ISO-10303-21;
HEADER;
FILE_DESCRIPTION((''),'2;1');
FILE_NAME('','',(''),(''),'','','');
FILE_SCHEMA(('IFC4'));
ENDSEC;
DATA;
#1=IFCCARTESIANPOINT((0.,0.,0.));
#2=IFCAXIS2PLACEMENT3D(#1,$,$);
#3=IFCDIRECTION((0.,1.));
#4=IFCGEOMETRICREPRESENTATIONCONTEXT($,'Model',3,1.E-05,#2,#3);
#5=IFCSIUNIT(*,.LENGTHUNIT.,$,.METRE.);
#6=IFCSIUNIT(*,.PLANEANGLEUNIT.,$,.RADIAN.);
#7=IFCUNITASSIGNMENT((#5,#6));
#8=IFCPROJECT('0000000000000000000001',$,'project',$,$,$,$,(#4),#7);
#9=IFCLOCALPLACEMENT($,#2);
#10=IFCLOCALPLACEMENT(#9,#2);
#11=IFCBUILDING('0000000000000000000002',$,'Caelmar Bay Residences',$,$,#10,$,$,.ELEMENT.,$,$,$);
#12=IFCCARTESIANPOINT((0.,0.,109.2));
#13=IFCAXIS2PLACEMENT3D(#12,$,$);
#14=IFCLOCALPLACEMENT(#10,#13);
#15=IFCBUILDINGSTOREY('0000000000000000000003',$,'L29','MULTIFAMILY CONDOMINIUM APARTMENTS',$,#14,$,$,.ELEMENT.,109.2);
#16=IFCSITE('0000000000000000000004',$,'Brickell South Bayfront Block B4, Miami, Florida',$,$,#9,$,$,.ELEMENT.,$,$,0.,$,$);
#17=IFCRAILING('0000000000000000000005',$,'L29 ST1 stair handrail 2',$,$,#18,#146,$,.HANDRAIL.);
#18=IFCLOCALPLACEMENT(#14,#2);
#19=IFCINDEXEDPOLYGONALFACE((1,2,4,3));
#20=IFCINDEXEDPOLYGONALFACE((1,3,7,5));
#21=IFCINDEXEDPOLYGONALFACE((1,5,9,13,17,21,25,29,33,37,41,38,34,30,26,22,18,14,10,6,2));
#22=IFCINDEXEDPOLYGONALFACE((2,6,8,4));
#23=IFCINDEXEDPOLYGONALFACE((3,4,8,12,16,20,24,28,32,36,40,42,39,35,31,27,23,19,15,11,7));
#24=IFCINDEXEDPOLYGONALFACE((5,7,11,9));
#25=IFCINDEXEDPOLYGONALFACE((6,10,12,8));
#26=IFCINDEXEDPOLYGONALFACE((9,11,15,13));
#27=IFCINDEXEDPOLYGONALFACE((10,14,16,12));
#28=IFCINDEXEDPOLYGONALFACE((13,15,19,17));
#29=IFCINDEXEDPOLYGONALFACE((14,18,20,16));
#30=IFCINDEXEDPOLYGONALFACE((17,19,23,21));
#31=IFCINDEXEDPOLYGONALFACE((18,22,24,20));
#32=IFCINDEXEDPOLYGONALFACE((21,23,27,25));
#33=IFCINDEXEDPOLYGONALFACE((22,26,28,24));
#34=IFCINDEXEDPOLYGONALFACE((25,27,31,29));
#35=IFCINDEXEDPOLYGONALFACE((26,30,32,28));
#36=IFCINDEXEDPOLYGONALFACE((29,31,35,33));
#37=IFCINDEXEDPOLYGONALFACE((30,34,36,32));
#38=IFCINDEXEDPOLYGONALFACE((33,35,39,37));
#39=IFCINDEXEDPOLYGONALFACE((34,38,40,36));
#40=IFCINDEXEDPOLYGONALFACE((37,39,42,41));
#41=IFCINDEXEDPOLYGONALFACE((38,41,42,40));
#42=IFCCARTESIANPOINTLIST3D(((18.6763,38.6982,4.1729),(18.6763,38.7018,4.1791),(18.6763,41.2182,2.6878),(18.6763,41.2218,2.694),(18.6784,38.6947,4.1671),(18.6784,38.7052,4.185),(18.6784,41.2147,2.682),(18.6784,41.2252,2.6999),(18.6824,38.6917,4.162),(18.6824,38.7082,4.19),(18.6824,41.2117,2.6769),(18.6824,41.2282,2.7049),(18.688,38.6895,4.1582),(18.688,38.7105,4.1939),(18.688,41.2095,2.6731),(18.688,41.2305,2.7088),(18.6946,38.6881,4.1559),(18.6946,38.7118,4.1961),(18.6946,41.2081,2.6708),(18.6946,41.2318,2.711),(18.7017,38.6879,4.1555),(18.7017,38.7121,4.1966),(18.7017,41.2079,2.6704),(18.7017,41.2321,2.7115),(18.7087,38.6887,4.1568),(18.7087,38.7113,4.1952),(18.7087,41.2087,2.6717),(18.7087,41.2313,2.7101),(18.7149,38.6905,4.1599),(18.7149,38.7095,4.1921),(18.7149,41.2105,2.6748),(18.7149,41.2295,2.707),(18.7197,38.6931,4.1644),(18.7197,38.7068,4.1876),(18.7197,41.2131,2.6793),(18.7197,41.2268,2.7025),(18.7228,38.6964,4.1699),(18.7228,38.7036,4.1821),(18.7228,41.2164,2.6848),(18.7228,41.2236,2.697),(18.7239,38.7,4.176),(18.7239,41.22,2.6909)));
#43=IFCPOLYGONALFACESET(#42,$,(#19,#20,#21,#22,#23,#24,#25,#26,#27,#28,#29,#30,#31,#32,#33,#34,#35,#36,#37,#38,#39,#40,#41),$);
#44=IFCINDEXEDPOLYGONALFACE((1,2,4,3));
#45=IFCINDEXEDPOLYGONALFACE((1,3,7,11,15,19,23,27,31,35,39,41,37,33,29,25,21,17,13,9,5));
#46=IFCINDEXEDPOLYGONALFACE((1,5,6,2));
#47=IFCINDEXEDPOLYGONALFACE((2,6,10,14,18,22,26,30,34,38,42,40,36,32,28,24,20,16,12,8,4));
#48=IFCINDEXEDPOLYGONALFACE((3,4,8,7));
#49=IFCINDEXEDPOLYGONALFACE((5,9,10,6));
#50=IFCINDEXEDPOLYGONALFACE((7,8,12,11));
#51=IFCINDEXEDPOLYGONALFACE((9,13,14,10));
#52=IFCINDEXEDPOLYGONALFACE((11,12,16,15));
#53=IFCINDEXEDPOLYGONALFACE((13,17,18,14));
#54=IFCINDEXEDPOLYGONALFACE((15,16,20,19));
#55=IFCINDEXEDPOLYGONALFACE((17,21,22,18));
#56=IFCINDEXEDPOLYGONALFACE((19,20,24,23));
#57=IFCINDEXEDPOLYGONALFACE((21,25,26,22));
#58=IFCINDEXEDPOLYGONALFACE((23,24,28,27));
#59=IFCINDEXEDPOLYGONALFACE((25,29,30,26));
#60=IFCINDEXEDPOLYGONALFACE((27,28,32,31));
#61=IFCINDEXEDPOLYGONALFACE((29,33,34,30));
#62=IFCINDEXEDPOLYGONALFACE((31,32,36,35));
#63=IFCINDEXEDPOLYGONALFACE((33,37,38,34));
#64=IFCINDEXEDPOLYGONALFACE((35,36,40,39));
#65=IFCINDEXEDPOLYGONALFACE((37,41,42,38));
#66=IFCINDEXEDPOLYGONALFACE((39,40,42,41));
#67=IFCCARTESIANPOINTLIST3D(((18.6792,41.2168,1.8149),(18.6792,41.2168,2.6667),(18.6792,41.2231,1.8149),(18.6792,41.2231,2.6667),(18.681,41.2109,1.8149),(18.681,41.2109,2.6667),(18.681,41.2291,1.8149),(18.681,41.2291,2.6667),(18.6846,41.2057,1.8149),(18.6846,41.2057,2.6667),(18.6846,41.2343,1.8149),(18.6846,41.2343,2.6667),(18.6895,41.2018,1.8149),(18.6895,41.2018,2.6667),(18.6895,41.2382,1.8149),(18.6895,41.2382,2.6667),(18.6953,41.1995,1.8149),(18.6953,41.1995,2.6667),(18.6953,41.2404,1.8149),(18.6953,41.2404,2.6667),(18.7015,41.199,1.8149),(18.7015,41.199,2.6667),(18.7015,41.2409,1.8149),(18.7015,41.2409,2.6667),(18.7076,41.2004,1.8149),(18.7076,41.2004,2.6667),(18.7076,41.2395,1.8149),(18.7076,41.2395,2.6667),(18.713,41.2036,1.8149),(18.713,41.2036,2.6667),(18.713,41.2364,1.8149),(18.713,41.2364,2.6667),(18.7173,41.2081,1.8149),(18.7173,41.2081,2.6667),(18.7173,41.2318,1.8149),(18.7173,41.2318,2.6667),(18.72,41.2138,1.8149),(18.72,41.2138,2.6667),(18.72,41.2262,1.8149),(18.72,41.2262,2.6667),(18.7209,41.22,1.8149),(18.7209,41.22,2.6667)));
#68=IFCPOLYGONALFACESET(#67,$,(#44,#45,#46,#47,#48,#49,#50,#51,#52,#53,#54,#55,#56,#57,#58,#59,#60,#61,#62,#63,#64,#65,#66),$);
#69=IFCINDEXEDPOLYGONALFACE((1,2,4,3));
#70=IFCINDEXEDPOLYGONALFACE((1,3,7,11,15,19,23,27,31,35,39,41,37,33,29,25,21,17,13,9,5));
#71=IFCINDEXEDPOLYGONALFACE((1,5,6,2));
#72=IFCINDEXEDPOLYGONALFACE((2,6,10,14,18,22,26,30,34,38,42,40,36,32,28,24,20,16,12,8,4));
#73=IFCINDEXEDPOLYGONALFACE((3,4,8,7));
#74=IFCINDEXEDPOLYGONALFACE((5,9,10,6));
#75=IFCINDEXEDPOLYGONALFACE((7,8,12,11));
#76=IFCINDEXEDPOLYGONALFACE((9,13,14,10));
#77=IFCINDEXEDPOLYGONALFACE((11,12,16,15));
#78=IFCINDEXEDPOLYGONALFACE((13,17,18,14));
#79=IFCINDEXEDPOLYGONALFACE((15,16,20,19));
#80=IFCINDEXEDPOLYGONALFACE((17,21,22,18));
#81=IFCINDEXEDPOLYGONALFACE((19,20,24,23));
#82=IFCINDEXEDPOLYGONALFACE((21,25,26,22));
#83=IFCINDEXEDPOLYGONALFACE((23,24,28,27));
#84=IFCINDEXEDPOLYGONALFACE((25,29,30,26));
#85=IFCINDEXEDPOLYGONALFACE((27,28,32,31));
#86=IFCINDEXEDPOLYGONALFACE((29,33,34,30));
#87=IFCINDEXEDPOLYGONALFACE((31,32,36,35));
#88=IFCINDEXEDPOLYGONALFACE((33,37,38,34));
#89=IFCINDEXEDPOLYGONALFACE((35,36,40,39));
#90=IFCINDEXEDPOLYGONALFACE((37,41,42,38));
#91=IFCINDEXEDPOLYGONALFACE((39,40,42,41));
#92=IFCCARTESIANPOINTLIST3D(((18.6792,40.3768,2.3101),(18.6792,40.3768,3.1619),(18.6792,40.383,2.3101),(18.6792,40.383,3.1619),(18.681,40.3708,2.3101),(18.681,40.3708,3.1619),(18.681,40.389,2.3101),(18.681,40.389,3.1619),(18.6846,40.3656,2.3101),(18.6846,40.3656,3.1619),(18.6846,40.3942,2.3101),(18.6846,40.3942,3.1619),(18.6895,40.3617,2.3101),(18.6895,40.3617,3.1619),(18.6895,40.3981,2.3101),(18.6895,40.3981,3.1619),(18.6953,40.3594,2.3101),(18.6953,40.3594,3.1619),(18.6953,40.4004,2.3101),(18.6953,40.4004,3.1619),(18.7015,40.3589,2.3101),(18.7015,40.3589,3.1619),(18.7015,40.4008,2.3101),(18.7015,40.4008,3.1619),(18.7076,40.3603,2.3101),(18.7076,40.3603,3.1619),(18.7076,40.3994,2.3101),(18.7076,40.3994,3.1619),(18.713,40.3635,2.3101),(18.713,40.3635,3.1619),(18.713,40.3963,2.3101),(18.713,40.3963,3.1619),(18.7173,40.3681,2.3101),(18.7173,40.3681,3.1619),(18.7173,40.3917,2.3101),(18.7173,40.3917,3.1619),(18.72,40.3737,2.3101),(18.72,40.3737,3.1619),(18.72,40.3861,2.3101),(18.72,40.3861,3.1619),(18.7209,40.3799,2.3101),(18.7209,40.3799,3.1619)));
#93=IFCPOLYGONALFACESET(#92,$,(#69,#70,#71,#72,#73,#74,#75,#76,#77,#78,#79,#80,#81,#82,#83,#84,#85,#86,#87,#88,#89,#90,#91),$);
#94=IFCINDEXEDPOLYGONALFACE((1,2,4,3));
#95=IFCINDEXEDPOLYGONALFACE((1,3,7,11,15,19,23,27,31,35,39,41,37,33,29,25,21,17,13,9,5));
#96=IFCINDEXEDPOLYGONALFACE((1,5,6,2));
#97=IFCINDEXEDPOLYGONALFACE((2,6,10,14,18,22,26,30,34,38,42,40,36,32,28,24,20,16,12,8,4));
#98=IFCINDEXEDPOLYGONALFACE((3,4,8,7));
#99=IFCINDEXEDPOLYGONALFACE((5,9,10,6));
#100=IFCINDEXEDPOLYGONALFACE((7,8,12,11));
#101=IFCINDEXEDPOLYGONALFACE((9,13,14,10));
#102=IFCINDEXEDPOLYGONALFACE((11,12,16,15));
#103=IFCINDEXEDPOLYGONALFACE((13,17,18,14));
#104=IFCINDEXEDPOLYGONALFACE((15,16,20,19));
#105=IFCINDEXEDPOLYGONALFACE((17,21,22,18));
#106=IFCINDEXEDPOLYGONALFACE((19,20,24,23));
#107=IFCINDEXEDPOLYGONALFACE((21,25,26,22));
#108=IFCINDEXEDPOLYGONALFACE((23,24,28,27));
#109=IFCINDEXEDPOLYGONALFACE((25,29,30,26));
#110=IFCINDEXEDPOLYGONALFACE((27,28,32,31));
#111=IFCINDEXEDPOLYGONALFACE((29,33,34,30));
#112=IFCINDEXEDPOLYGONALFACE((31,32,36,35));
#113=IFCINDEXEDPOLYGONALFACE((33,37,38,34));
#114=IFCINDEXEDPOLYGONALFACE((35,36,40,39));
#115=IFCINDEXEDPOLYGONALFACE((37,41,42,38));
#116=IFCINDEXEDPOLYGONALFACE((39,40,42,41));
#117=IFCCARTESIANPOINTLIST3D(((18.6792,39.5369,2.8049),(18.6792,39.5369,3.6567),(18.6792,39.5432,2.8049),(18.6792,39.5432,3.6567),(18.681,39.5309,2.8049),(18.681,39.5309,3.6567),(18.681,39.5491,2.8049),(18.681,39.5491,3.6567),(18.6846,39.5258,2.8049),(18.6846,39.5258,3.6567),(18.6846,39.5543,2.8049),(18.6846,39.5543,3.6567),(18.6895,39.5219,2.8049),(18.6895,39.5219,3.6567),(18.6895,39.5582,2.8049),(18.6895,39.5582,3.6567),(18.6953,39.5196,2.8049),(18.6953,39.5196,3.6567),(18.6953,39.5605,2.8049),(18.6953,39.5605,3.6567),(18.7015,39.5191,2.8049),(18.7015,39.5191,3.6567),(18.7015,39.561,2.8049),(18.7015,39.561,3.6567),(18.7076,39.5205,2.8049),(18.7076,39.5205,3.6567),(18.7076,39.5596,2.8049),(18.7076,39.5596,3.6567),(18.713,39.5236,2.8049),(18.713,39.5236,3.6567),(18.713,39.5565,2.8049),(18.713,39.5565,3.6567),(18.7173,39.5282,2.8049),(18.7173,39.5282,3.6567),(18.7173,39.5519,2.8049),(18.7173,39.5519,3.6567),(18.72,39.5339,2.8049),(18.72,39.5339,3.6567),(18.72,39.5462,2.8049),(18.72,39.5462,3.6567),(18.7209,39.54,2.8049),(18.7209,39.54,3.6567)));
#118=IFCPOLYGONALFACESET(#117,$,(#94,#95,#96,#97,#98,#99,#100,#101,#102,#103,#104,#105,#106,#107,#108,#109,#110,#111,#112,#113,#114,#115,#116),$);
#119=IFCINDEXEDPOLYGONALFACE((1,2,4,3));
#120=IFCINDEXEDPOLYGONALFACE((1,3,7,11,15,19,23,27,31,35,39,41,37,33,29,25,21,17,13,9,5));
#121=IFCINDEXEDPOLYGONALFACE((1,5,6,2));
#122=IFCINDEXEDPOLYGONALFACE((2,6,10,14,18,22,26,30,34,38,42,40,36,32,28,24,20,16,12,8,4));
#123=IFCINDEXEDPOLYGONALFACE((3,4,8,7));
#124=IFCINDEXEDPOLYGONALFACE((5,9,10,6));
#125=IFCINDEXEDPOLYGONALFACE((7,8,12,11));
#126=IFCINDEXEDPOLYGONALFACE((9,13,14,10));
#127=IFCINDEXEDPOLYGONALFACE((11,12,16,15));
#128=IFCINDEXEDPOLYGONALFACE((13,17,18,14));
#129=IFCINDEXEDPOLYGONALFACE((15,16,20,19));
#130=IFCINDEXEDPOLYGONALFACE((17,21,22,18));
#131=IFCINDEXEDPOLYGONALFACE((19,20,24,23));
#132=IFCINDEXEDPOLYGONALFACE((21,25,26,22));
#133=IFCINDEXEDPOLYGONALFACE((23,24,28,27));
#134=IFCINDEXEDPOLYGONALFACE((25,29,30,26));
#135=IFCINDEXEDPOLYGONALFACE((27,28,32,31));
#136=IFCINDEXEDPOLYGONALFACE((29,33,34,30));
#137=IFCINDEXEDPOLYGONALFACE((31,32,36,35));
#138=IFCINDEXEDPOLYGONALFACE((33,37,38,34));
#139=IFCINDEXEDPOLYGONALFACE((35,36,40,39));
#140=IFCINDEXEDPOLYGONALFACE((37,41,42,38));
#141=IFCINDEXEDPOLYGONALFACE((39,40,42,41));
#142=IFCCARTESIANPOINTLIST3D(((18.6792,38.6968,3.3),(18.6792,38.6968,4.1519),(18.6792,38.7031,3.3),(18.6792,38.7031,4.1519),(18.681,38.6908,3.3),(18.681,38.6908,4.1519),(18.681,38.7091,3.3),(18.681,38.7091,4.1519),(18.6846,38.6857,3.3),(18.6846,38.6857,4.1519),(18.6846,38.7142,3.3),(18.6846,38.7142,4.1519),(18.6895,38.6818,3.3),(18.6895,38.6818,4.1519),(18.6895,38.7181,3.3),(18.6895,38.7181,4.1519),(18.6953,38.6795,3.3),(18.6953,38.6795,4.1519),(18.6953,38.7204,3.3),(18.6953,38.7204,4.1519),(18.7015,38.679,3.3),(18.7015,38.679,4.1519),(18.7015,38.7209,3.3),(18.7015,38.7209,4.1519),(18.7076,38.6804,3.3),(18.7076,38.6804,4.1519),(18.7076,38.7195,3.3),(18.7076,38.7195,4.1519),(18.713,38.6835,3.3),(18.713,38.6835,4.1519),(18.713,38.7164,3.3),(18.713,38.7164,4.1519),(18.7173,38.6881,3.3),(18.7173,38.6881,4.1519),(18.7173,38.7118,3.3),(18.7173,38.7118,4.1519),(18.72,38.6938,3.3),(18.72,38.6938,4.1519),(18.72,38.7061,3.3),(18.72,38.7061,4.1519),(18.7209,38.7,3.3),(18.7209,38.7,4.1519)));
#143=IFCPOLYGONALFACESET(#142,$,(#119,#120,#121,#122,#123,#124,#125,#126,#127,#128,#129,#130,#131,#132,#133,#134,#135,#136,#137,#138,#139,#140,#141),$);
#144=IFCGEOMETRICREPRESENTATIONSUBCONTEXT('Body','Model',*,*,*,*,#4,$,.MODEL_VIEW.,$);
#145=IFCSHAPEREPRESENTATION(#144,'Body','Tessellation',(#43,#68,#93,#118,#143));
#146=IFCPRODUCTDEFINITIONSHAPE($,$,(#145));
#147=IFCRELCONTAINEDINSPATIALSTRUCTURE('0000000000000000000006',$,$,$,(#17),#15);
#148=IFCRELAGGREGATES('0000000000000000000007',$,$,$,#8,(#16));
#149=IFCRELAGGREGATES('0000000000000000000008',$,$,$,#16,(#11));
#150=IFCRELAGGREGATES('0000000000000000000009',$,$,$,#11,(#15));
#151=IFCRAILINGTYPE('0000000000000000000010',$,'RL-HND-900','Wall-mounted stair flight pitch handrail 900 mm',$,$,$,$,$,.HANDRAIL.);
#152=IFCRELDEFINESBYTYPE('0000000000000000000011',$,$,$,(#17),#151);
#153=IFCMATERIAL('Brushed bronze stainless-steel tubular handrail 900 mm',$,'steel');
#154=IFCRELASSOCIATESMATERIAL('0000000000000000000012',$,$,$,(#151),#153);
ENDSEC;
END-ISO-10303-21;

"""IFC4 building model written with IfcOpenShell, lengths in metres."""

from ifc_helpers import new_model, si_unit, direction, frame, origin, origin_2d, place, context, subcontext, project, spatial, circle, extrude, material, type_object, element, save


model = new_model("IFC4")

# Units and contexts
model_context = context("Model", 3, precision=1e-05, world=origin(), true_north=direction((0.0, 1.0)))
body_context = subcontext(model_context, "Body", "Model", "MODEL_VIEW")
ifc_project = project(units=[si_unit("LENGTHUNIT", "METRE"), si_unit("PLANEANGLEUNIT", "RADIAN")], contexts=[model_context])

# Site, building, storey
site_placement = place(None, origin())
site = spatial("IfcSite", under=ifc_project, at=site_placement, Name="Brickell South Bayfront Block B4, Miami, Florida", CompositionType="ELEMENT", RefElevation=0.0)
building_placement = place(site_placement, origin())
building = spatial("IfcBuilding", under=site, at=building_placement, Name="Caelmar Bay Residences", CompositionType="ELEMENT")
storey_placement = place(building_placement, frame((0.0, 0.0, 109.2)))
storey = spatial("IfcBuildingStorey", under=building, at=storey_placement, Name="L29", Description="MULTIFAMILY CONDOMINIUM APARTMENTS", CompositionType="ELEMENT", Elevation=109.2)

# Railing
ifc_material_1 = material(Name="Brushed bronze stainless-steel tubular handrail 900 mm", Category="steel")
railing_type_1 = type_object("IfcRailingType", Name="RL-HND-900", Description="Wall-mounted stair flight pitch handrail 900 mm", PredefinedType="HANDRAIL", material=ifc_material_1)
railing_1_placement = place(storey_placement, frame((18.7, 41.22, 1.8149)))
element("IfcRailing", 1, at=railing_1_placement, inside=storey, type_object=railing_type_1, Name="L29 ST1 stair handrail 2", PredefinedType="HANDRAIL", context=body_context, shape_type="SweptSolid", body=[
    extrude(circle(Radius=0.0239, at=origin_2d()), frame((0.0, 0.0, 0.876), z_axis=(0.0, -0.861524, 0.507717), x_axis=(1.0, 0.0, 0.0)), (0.0, 0.0, 1.0), 2.925),
    extrude(circle(Radius=0.021, at=origin_2d()), origin(), (0.0, 0.0, 1.0), 0.8518),
    extrude(circle(Radius=0.021, at=origin_2d()), frame((0.0, -0.8401, 0.4951)), (0.0, 0.0, 1.0), 0.8518),
    extrude(circle(Radius=0.021, at=origin_2d()), frame((0.0, -1.6799, 0.99)), (0.0, 0.0, 1.0), 0.8518),
    extrude(circle(Radius=0.021, at=origin_2d()), frame((0.0, -2.52, 1.4851)), (0.0, 0.0, 1.0), 0.8518),
])

save(model, "model.ifc")
